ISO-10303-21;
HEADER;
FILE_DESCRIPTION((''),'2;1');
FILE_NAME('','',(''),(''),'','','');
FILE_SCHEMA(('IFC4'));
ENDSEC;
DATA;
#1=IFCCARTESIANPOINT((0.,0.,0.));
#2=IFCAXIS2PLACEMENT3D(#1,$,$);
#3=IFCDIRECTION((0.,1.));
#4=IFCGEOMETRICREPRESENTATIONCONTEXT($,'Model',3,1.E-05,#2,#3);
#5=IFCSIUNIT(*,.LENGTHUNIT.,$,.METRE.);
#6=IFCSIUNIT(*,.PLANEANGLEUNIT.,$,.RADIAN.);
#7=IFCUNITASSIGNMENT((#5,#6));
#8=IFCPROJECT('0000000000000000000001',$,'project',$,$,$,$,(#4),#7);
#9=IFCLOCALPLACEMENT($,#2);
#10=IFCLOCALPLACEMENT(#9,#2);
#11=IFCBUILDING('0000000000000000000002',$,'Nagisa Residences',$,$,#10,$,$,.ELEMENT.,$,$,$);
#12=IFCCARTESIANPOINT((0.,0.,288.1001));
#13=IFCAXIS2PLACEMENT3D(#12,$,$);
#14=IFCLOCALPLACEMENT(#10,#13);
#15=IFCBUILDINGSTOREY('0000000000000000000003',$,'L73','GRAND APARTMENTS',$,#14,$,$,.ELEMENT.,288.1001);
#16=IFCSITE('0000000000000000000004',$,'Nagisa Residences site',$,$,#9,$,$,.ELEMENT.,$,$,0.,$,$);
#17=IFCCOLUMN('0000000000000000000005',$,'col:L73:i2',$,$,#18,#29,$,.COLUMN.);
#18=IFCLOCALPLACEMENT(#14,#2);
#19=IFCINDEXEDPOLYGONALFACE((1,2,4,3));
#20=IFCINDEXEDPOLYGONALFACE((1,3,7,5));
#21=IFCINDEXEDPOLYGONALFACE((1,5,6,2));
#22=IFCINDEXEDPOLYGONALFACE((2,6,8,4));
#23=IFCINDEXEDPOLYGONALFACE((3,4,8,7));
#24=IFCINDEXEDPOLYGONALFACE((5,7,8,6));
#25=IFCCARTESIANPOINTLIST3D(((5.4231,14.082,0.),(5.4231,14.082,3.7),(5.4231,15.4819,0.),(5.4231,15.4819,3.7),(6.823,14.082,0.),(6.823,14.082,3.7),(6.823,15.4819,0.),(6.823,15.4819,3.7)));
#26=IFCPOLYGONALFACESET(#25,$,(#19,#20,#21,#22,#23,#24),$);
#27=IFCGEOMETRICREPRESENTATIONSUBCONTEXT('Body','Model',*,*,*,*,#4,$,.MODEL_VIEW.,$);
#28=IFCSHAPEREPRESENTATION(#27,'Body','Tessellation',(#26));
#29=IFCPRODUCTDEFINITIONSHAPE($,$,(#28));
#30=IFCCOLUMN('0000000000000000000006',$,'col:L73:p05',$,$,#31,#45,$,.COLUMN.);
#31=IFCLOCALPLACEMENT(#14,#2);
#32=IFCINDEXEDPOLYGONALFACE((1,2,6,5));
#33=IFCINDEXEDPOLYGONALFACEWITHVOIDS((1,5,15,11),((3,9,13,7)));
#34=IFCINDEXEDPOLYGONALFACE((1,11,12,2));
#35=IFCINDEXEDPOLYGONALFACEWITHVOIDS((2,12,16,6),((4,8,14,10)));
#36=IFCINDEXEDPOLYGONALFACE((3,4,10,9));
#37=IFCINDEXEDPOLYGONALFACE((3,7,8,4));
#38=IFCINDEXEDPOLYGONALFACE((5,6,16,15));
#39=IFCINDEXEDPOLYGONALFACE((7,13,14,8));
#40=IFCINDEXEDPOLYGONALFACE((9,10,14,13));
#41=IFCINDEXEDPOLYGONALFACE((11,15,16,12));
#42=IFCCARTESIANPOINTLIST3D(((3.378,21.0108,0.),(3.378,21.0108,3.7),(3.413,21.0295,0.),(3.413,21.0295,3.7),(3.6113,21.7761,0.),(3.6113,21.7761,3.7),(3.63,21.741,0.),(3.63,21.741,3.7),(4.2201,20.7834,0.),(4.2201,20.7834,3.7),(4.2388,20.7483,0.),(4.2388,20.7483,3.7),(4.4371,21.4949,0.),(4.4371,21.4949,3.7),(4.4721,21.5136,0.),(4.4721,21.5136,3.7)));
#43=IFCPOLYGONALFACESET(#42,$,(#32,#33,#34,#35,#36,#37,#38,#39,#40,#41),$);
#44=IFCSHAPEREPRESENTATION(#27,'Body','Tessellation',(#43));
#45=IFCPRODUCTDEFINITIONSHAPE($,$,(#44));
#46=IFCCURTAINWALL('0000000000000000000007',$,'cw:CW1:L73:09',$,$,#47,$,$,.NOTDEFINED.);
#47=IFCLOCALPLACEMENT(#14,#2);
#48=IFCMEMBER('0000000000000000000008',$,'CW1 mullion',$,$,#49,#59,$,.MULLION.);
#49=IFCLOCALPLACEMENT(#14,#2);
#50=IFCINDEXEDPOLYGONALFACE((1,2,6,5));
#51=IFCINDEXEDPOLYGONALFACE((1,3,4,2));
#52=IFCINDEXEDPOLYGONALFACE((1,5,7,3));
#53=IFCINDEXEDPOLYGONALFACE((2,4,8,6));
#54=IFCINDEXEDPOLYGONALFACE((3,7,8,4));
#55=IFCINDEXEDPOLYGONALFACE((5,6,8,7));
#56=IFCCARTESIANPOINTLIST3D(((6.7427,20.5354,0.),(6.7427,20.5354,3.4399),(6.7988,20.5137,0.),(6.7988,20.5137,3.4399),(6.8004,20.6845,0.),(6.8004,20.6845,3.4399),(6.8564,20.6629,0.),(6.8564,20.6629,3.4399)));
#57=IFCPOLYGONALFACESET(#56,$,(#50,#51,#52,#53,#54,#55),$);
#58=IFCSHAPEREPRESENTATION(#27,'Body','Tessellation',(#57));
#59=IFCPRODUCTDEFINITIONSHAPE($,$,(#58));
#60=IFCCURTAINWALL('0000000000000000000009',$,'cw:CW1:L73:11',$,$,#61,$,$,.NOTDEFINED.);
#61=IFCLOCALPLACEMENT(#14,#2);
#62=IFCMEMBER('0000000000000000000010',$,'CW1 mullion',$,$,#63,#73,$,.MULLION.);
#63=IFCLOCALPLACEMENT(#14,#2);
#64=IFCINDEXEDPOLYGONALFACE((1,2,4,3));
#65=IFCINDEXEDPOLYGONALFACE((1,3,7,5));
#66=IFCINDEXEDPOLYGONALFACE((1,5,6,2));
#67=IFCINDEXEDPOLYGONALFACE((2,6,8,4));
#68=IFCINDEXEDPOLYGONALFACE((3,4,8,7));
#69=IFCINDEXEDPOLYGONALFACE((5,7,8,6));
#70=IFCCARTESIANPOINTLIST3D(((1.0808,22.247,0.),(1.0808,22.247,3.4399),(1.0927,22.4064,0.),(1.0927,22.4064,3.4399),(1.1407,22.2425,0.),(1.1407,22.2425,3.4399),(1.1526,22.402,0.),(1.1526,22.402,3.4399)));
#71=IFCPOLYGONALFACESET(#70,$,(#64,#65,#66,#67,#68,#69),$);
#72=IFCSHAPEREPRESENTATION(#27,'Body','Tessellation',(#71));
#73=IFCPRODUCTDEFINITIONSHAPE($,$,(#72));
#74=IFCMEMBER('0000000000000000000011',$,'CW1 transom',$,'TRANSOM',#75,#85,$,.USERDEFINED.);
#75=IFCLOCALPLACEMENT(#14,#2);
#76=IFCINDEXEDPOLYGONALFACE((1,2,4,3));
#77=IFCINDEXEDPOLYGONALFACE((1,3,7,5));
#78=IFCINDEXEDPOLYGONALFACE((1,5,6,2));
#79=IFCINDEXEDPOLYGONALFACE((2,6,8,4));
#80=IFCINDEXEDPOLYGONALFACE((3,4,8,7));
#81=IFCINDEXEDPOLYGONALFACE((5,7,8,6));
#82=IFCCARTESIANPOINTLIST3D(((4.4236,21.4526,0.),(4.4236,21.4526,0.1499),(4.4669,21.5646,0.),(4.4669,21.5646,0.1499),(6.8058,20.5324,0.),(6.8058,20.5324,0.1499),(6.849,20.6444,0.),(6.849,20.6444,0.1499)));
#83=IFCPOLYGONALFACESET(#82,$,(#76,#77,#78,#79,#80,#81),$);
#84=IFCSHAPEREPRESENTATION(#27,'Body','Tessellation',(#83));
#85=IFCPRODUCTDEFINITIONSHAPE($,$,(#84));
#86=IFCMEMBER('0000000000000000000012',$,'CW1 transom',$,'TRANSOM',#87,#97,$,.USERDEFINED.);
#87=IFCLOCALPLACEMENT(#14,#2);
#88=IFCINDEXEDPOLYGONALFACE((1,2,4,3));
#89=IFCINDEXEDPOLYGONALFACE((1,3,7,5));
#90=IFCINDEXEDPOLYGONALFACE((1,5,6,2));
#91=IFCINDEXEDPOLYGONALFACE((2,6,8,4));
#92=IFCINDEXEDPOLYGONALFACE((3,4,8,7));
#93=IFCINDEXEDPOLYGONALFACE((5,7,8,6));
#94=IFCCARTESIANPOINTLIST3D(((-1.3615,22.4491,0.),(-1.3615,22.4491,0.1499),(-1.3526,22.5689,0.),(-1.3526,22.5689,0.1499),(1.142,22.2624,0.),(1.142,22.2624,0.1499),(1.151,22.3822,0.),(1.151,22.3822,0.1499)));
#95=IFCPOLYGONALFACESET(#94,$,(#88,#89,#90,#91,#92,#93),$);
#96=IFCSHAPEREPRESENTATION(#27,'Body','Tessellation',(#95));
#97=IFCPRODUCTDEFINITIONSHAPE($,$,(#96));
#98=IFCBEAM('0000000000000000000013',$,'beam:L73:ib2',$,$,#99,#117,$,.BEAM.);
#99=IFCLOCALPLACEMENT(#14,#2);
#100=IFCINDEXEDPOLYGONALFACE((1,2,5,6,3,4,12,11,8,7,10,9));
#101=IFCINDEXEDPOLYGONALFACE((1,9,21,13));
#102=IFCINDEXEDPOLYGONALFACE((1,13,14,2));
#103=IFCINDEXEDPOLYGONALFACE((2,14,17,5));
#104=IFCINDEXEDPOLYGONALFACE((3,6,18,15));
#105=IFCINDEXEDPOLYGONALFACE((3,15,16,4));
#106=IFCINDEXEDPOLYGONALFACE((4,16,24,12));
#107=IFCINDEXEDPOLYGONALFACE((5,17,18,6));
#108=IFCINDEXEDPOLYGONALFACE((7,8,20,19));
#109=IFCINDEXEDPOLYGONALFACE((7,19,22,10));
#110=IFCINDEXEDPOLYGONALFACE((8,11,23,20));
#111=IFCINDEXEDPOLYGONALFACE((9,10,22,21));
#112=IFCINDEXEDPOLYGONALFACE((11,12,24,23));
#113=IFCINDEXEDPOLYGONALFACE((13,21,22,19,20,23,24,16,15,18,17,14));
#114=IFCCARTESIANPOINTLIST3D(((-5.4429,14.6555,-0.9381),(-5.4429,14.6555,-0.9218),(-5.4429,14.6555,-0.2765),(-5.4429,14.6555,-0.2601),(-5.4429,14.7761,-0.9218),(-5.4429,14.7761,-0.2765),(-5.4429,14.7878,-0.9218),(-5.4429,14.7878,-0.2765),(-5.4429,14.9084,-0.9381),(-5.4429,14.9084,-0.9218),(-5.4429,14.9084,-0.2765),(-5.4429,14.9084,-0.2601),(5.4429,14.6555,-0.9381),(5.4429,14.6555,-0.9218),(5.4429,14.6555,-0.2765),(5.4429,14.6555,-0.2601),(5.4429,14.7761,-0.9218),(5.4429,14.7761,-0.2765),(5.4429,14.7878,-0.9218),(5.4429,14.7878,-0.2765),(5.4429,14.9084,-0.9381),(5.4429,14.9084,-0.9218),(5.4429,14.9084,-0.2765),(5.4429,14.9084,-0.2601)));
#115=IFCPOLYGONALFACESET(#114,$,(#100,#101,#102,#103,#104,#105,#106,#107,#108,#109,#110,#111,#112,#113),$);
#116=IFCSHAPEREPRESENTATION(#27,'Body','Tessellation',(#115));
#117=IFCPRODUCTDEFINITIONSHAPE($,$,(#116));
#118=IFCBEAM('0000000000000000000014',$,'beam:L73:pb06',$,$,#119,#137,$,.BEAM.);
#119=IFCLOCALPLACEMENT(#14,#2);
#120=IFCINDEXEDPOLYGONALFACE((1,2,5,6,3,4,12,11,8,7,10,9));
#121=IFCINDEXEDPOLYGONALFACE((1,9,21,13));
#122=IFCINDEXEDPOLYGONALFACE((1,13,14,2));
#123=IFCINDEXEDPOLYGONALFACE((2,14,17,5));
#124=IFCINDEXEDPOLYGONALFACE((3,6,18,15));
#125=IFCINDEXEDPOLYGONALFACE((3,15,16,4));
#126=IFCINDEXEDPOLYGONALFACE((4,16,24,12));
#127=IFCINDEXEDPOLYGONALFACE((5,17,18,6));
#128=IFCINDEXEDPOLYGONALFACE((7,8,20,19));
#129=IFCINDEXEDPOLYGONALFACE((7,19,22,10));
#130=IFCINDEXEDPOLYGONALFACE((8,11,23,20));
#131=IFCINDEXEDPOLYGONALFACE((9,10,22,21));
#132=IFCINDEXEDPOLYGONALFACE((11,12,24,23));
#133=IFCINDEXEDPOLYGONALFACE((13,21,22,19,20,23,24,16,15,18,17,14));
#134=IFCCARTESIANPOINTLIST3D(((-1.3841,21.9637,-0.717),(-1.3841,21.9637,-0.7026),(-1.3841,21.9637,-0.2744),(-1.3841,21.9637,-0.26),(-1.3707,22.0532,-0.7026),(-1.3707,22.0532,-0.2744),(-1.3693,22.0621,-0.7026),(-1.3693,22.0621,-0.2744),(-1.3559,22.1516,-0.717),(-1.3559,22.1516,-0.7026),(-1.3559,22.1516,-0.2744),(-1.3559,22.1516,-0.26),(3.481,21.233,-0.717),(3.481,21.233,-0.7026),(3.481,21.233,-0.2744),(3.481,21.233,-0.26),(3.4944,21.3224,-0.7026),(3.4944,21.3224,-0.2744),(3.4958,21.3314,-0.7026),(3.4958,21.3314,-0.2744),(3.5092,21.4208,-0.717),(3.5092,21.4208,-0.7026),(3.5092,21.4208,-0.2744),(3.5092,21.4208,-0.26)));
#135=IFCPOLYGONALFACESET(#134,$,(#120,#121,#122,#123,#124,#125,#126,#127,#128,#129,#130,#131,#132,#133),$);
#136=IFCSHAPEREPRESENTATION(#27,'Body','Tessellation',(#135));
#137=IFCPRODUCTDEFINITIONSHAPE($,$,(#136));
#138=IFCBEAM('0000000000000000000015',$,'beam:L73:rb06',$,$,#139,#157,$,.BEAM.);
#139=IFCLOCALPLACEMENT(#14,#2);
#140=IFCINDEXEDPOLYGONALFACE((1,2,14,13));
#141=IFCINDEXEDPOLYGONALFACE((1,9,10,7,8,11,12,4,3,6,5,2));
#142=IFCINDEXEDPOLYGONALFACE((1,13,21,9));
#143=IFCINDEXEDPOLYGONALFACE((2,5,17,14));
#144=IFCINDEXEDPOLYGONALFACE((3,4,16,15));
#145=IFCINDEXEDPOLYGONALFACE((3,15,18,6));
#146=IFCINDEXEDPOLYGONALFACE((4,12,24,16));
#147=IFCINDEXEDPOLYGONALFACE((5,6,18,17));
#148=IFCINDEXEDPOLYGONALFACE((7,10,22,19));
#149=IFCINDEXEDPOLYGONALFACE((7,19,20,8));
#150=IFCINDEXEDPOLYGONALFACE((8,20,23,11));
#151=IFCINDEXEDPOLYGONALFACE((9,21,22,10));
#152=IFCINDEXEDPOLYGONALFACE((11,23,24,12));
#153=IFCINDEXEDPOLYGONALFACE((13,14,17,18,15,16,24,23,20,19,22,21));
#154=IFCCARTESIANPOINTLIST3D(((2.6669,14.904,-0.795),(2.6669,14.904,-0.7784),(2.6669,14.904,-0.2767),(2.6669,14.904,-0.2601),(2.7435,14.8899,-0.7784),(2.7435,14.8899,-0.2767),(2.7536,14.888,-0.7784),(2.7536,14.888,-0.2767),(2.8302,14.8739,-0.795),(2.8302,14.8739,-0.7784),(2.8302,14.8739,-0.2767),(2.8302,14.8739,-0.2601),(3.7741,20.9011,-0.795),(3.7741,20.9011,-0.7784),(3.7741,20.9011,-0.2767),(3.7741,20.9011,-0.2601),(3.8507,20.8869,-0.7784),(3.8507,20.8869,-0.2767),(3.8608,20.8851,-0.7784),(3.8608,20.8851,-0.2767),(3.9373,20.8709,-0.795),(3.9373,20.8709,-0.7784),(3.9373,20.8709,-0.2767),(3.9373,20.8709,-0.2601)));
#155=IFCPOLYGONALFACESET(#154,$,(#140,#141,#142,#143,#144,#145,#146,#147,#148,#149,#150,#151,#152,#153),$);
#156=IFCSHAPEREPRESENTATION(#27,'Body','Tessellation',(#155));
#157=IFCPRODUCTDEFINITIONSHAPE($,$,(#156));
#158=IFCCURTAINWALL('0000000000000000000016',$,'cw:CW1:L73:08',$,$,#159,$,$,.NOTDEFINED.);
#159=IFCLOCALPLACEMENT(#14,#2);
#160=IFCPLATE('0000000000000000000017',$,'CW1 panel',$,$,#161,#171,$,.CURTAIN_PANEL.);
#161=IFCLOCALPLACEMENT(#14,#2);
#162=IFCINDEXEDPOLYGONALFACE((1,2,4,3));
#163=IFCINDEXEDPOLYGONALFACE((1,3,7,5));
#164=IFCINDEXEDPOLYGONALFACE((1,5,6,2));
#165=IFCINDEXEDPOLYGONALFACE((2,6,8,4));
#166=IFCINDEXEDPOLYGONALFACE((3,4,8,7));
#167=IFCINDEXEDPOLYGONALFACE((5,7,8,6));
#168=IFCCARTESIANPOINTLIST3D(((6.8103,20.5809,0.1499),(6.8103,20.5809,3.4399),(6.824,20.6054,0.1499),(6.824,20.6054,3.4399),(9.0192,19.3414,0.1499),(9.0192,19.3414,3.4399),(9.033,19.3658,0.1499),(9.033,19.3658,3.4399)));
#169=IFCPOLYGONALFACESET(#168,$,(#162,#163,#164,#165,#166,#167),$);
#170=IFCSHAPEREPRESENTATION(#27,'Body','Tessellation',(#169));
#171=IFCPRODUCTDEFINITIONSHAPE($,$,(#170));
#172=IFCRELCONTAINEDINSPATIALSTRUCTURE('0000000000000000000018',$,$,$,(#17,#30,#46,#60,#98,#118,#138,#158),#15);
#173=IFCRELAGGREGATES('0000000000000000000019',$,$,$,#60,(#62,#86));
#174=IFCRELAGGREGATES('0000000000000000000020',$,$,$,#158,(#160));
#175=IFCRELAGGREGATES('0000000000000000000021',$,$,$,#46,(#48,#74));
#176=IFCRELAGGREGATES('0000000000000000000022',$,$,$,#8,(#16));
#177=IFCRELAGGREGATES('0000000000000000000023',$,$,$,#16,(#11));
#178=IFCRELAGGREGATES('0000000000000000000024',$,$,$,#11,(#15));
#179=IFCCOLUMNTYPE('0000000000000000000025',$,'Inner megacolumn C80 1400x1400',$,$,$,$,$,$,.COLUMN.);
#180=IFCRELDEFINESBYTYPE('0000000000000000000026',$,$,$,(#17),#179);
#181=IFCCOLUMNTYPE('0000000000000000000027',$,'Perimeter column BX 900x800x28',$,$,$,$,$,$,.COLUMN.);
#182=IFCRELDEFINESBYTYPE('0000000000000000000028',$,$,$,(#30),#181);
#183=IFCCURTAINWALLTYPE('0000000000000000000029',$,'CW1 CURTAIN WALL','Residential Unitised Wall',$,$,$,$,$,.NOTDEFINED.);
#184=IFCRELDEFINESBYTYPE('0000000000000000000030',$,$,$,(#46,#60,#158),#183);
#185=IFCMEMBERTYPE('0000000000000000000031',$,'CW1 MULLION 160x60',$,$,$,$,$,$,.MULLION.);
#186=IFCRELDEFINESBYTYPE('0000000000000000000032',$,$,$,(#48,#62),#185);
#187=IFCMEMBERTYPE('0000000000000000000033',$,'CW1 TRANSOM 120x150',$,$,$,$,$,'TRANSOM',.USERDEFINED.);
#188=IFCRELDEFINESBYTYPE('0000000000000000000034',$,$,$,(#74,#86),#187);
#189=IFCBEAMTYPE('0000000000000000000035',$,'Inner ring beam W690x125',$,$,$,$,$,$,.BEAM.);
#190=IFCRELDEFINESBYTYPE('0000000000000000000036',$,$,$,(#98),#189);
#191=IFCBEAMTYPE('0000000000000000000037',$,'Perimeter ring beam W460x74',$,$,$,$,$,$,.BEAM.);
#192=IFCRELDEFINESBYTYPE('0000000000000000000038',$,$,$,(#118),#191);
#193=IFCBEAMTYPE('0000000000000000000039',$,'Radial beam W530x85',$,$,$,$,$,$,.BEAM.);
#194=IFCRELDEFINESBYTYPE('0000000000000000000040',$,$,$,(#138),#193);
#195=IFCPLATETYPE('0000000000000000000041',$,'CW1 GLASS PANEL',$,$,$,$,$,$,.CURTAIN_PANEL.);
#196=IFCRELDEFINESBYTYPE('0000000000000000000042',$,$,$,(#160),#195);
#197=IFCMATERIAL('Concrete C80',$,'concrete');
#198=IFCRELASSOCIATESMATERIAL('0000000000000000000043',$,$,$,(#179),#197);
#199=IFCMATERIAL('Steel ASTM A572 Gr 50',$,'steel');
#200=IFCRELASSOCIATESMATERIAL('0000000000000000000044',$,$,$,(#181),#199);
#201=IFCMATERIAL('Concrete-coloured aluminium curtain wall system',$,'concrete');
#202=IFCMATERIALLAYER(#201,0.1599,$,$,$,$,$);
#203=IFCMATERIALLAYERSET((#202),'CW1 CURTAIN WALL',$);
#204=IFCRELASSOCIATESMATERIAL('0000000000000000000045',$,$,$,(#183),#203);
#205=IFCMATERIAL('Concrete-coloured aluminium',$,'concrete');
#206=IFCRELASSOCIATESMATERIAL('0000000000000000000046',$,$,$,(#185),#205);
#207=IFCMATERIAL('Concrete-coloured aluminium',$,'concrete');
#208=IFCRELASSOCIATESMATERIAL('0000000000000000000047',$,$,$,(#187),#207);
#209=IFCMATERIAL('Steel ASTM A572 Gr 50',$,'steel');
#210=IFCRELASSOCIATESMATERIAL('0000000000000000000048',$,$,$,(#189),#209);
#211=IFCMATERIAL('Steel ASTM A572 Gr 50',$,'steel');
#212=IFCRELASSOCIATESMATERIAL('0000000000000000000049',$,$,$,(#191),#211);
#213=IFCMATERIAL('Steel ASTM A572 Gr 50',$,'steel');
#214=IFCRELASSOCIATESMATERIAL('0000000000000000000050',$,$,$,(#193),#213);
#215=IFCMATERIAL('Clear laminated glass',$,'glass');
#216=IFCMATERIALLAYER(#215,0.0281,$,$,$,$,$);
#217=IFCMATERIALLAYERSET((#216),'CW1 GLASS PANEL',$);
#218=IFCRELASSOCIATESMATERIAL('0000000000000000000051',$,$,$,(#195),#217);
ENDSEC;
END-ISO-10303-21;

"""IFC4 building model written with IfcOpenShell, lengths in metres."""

from ifc_helpers import new_model, si_unit, direction, frame, origin, origin_2d, place, context, subcontext, project, spatial, rectangle, hollow_rectangle, i_section, extrude, material, layer, layer_set, material_profile, profile_set, type_object, element, aggregate, save


model = new_model("IFC4")

# Units and contexts
model_context = context("Model", 3, precision=1e-05, world=origin(), true_north=direction((0.0, 1.0)))
body_context = subcontext(model_context, "Body", "Model", "MODEL_VIEW")
ifc_project = project(units=[si_unit("LENGTHUNIT", "METRE"), si_unit("PLANEANGLEUNIT", "RADIAN")], contexts=[model_context])

# Site, building, storey
site_placement = place(None, origin())
site = spatial("IfcSite", under=ifc_project, at=site_placement, Name="Nagisa Residences site", CompositionType="ELEMENT", RefElevation=0.0)
building_placement = place(site_placement, origin())
building = spatial("IfcBuilding", under=site, at=building_placement, Name="Nagisa Residences", CompositionType="ELEMENT")
storey_placement = place(building_placement, frame((0.0, 0.0, 288.1001)))
storey = spatial("IfcBuildingStorey", under=building, at=storey_placement, Name="L73", Description="GRAND APARTMENTS", CompositionType="ELEMENT", Elevation=288.1001)

# Columns
ifc_material_1 = material(Name="Concrete C80", Category="concrete")
ifc_material_profile_1 = material_profile(ifc_material_1, rectangle(XDim=1.3999, YDim=1.3999, at=origin_2d()), Name="C80 1400x1400")
ifc_profile_set_1 = profile_set([ifc_material_profile_1], Name="Concrete C80")
column_type_1 = type_object("IfcColumnType", Name="Inner megacolumn C80 1400x1400", PredefinedType="COLUMN", material=ifc_profile_set_1)
column_1_placement = place(storey_placement, frame((6.123, 14.782, 0.0), z_axis=(0.0, 0.0, 1.0), x_axis=(1.0, 0.0, 0.0)))
element("IfcColumn", 1, at=column_1_placement, inside=storey, type_object=column_type_1, Name="col:L73:i2", PredefinedType="COLUMN", context=body_context, shape_type="SweptSolid", body=[
    extrude(rectangle(XDim=1.3999, YDim=1.3999, at=origin_2d()), origin(), (0.0, 0.0, 1.0), 3.7),
])
ifc_material_2 = material(Name="Steel ASTM A572 Gr 50", Category="steel")
ifc_material_profile_2 = material_profile(ifc_material_2, hollow_rectangle(XDim=0.8999, YDim=0.8, WallThickness=0.0281, at=origin_2d()), Name="BX 900x800x28")
ifc_profile_set_2 = profile_set([ifc_material_profile_2], Name="Steel ASTM A572 Gr 50")
column_type_2 = type_object("IfcColumnType", Name="Perimeter column BX 900x800x28", PredefinedType="COLUMN", material=ifc_profile_set_2)
column_2_placement = place(storey_placement, frame((3.925, 21.2622, 0.0), z_axis=(0.0, 0.0, 1.0), x_axis=(-0.956525, 0.291652, 0.0)))
element("IfcColumn", 2, at=column_2_placement, inside=storey, type_object=column_type_2, Name="col:L73:p05", PredefinedType="COLUMN", context=body_context, shape_type="SweptSolid", body=[
    extrude(hollow_rectangle(XDim=0.8999, YDim=0.8, WallThickness=0.0281, at=origin_2d()), origin(), (0.0, 0.0, 1.0), 3.7),
])

# Curtain walls, members
ifc_material_3 = material(Name="Concrete-coloured aluminium curtain wall system", Category="concrete")
ifc_layer_1 = layer(ifc_material_3, 0.1599)
ifc_layer_set_1 = layer_set([ifc_layer_1], Name="CW1 CURTAIN WALL")
curtain_wall_type = type_object("IfcCurtainWallType", Name="CW1 CURTAIN WALL", Description="Residential Unitised Wall", PredefinedType="NOTDEFINED", material=ifc_layer_set_1)
curtain_wall_1_placement = place(storey_placement, origin())
curtain_wall_1 = element("IfcCurtainWall", 3, at=curtain_wall_1_placement, inside=storey, type_object=curtain_wall_type, Name="cw:CW1:L73:09", PredefinedType="NOTDEFINED")
ifc_material_4 = material(Name="Concrete-coloured aluminium", Category="concrete")
ifc_material_profile_3 = material_profile(ifc_material_4, rectangle(XDim=0.1599, YDim=0.0601, at=origin_2d()), Name="CW1 MULLION 160x60")
ifc_profile_set_3 = profile_set([ifc_material_profile_3], Name="Concrete-coloured aluminium")
member_type_1 = type_object("IfcMemberType", Name="CW1 MULLION 160x60", PredefinedType="MULLION", material=ifc_profile_set_3)
member_1_placement = place(storey_placement, frame((6.7996, 20.5991, 0.0), z_axis=(0.0, 0.0, 1.0), x_axis=(-0.360328, -0.932826, 0.0)))
member_1 = element("IfcMember", 4, at=member_1_placement, type_object=member_type_1, Name="CW1 mullion", PredefinedType="MULLION", context=body_context, shape_type="SweptSolid", body=[
    extrude(rectangle(XDim=0.1599, YDim=0.0601, at=origin_2d()), origin(), (0.0, 0.0, 1.0), 3.4399),
])
curtain_wall_2_placement = place(storey_placement, origin())
curtain_wall_2 = element("IfcCurtainWall", 5, at=curtain_wall_2_placement, inside=storey, type_object=curtain_wall_type, Name="cw:CW1:L73:11", PredefinedType="NOTDEFINED")
member_2_placement = place(storey_placement, frame((1.1167, 22.3245, 0.0), z_axis=(0.0, 0.0, 1.0), x_axis=(-0.074377, -0.99723, 0.0)))
member_2 = element("IfcMember", 6, at=member_2_placement, type_object=member_type_1, Name="CW1 mullion", PredefinedType="MULLION", context=body_context, shape_type="SweptSolid", body=[
    extrude(rectangle(XDim=0.1599, YDim=0.0601, at=origin_2d()), origin(), (0.0, 0.0, 1.0), 3.4399),
])

# Members
ifc_material_5 = material(Name="Concrete-coloured aluminium", Category="concrete")
ifc_material_profile_4 = material_profile(ifc_material_5, rectangle(XDim=0.1201, YDim=0.1499, at=origin_2d()), Name="CW1 TRANSOM 120x150")
ifc_profile_set_4 = profile_set([ifc_material_profile_4], Name="Concrete-coloured aluminium")
member_type_2 = type_object("IfcMemberType", Name="CW1 TRANSOM 120x150", ElementType="TRANSOM", PredefinedType="USERDEFINED", material=ifc_profile_set_4)
member_3_placement = place(storey_placement, frame((6.8274, 20.5884, 0.075), z_axis=(-0.932822, 0.360337, 0.0), x_axis=(-0.360337, -0.932822, 0.0)))
member_3 = element("IfcMember", 7, at=member_3_placement, type_object=member_type_2, Name="CW1 transom", ObjectType="TRANSOM", PredefinedType="USERDEFINED", context=body_context, shape_type="SweptSolid", body=[
    extrude(rectangle(XDim=0.1201, YDim=0.1499, at=origin_2d()), origin(), (0.0, 0.0, 1.0), 2.5537),
])
member_4_placement = place(storey_placement, frame((1.1465, 22.3223, 0.075), z_axis=(-0.997229, 0.074391, 0.0), x_axis=(-0.074391, -0.997229, 0.0)))
member_4 = element("IfcMember", 8, at=member_4_placement, type_object=member_type_2, Name="CW1 transom", ObjectType="TRANSOM", PredefinedType="USERDEFINED", context=body_context, shape_type="SweptSolid", body=[
    extrude(rectangle(XDim=0.1201, YDim=0.1499, at=origin_2d()), origin(), (0.0, 0.0, 1.0), 2.5105),
])
aggregate(curtain_wall_2, [member_2, member_4])

# Beams
ifc_material_6 = material(Name="Steel ASTM A572 Gr 50", Category="steel")
ifc_material_profile_5 = material_profile(ifc_material_6, i_section(OverallWidth=0.2529, OverallDepth=0.678, WebThickness=0.0117, FlangeThickness=0.0164, at=origin_2d()), Name="W690x125")
ifc_profile_set_5 = profile_set([ifc_material_profile_5], Name="Steel ASTM A572 Gr 50")
beam_type_1 = type_object("IfcBeamType", Name="Inner ring beam W690x125", PredefinedType="BEAM", material=ifc_profile_set_5)
beam_1_placement = place(storey_placement, frame((5.4429, 14.782, -0.5991), z_axis=(-1.0, 0.0, 0.0), x_axis=(0.0, -1.0, 0.0)))
element("IfcBeam", 9, at=beam_1_placement, inside=storey, type_object=beam_type_1, Name="beam:L73:ib2", PredefinedType="BEAM", context=body_context, shape_type="SweptSolid", body=[
    extrude(i_section(OverallWidth=0.2529, OverallDepth=0.678, WebThickness=0.0117, FlangeThickness=0.0164, at=origin_2d()), origin(), (0.0, 0.0, 1.0), 10.8857),
])
ifc_material_7 = material(Name="Steel ASTM A572 Gr 50", Category="steel")
ifc_material_profile_6 = material_profile(ifc_material_7, i_section(OverallWidth=0.1899, OverallDepth=0.457, WebThickness=0.009, FlangeThickness=0.0144, at=origin_2d()), Name="W460x74")
ifc_profile_set_6 = profile_set([ifc_material_profile_6], Name="Steel ASTM A572 Gr 50")
beam_type_2 = type_object("IfcBeamType", Name="Perimeter ring beam W460x74", PredefinedType="BEAM", material=ifc_profile_set_6)
beam_2_placement = place(storey_placement, frame((3.4951, 21.3269, -0.4885), z_axis=(-0.988908, 0.148532, 0.0), x_axis=(-0.148532, -0.988908, 0.0)))
element("IfcBeam", 10, at=beam_2_placement, inside=storey, type_object=beam_type_2, Name="beam:L73:pb06", PredefinedType="BEAM", context=body_context, shape_type="SweptSolid", body=[
    extrude(i_section(OverallWidth=0.1899, OverallDepth=0.457, WebThickness=0.009, FlangeThickness=0.0144, at=origin_2d()), origin(), (0.0, 0.0, 1.0), 4.9197),
])
ifc_material_8 = material(Name="Steel ASTM A572 Gr 50", Category="steel")
ifc_material_profile_7 = material_profile(ifc_material_8, i_section(OverallWidth=0.166, OverallDepth=0.5349, WebThickness=0.0103, FlangeThickness=0.0166, at=origin_2d()), Name="W530x85")
ifc_profile_set_7 = profile_set([ifc_material_profile_7], Name="Steel ASTM A572 Gr 50")
beam_type_3 = type_object("IfcBeamType", Name="Radial beam W530x85", PredefinedType="BEAM", material=ifc_profile_set_7)
beam_3_placement = place(storey_placement, frame((3.8557, 20.886, -0.5276), z_axis=(-0.181552, -0.983381, 0.0), x_axis=(0.983381, -0.181552, 0.0)))
element("IfcBeam", 11, at=beam_3_placement, inside=storey, type_object=beam_type_3, Name="beam:L73:rb06", PredefinedType="BEAM", context=body_context, shape_type="SweptSolid", body=[
    extrude(i_section(OverallWidth=0.166, OverallDepth=0.5349, WebThickness=0.0103, FlangeThickness=0.0166, at=origin_2d()), origin(), (0.0, 0.0, 1.0), 6.0984),
])

# Curtain wall, plate
curtain_wall_3_placement = place(storey_placement, origin())
curtain_wall_3 = element("IfcCurtainWall", 12, at=curtain_wall_3_placement, inside=storey, type_object=curtain_wall_type, Name="cw:CW1:L73:08", PredefinedType="NOTDEFINED")
ifc_material_9 = material(Name="Clear laminated glass", Category="glass")
ifc_layer_2 = layer(ifc_material_9, 0.0281)
ifc_layer_set_2 = layer_set([ifc_layer_2], Name="CW1 GLASS PANEL")
plate_type = type_object("IfcPlateType", Name="CW1 GLASS PANEL", PredefinedType="CURTAIN_PANEL", material=ifc_layer_set_2)
plate_1_placement = place(storey_placement, frame((7.9216, 19.9734, 0.1499), z_axis=(0.0, 0.0, 1.0), x_axis=(-0.872072, 0.489377, 0.0)))
plate_1 = element("IfcPlate", 13, at=plate_1_placement, type_object=plate_type, Name="CW1 panel", PredefinedType="CURTAIN_PANEL", context=body_context, shape_type="SweptSolid", body=[
    extrude(rectangle(XDim=2.533, YDim=0.0281, at=origin_2d()), origin(), (0.0, 0.0, 1.0), 3.29),
])
aggregate(curtain_wall_3, [plate_1])

aggregate(curtain_wall_1, [member_1, member_3])

save(model, "model.ifc")
